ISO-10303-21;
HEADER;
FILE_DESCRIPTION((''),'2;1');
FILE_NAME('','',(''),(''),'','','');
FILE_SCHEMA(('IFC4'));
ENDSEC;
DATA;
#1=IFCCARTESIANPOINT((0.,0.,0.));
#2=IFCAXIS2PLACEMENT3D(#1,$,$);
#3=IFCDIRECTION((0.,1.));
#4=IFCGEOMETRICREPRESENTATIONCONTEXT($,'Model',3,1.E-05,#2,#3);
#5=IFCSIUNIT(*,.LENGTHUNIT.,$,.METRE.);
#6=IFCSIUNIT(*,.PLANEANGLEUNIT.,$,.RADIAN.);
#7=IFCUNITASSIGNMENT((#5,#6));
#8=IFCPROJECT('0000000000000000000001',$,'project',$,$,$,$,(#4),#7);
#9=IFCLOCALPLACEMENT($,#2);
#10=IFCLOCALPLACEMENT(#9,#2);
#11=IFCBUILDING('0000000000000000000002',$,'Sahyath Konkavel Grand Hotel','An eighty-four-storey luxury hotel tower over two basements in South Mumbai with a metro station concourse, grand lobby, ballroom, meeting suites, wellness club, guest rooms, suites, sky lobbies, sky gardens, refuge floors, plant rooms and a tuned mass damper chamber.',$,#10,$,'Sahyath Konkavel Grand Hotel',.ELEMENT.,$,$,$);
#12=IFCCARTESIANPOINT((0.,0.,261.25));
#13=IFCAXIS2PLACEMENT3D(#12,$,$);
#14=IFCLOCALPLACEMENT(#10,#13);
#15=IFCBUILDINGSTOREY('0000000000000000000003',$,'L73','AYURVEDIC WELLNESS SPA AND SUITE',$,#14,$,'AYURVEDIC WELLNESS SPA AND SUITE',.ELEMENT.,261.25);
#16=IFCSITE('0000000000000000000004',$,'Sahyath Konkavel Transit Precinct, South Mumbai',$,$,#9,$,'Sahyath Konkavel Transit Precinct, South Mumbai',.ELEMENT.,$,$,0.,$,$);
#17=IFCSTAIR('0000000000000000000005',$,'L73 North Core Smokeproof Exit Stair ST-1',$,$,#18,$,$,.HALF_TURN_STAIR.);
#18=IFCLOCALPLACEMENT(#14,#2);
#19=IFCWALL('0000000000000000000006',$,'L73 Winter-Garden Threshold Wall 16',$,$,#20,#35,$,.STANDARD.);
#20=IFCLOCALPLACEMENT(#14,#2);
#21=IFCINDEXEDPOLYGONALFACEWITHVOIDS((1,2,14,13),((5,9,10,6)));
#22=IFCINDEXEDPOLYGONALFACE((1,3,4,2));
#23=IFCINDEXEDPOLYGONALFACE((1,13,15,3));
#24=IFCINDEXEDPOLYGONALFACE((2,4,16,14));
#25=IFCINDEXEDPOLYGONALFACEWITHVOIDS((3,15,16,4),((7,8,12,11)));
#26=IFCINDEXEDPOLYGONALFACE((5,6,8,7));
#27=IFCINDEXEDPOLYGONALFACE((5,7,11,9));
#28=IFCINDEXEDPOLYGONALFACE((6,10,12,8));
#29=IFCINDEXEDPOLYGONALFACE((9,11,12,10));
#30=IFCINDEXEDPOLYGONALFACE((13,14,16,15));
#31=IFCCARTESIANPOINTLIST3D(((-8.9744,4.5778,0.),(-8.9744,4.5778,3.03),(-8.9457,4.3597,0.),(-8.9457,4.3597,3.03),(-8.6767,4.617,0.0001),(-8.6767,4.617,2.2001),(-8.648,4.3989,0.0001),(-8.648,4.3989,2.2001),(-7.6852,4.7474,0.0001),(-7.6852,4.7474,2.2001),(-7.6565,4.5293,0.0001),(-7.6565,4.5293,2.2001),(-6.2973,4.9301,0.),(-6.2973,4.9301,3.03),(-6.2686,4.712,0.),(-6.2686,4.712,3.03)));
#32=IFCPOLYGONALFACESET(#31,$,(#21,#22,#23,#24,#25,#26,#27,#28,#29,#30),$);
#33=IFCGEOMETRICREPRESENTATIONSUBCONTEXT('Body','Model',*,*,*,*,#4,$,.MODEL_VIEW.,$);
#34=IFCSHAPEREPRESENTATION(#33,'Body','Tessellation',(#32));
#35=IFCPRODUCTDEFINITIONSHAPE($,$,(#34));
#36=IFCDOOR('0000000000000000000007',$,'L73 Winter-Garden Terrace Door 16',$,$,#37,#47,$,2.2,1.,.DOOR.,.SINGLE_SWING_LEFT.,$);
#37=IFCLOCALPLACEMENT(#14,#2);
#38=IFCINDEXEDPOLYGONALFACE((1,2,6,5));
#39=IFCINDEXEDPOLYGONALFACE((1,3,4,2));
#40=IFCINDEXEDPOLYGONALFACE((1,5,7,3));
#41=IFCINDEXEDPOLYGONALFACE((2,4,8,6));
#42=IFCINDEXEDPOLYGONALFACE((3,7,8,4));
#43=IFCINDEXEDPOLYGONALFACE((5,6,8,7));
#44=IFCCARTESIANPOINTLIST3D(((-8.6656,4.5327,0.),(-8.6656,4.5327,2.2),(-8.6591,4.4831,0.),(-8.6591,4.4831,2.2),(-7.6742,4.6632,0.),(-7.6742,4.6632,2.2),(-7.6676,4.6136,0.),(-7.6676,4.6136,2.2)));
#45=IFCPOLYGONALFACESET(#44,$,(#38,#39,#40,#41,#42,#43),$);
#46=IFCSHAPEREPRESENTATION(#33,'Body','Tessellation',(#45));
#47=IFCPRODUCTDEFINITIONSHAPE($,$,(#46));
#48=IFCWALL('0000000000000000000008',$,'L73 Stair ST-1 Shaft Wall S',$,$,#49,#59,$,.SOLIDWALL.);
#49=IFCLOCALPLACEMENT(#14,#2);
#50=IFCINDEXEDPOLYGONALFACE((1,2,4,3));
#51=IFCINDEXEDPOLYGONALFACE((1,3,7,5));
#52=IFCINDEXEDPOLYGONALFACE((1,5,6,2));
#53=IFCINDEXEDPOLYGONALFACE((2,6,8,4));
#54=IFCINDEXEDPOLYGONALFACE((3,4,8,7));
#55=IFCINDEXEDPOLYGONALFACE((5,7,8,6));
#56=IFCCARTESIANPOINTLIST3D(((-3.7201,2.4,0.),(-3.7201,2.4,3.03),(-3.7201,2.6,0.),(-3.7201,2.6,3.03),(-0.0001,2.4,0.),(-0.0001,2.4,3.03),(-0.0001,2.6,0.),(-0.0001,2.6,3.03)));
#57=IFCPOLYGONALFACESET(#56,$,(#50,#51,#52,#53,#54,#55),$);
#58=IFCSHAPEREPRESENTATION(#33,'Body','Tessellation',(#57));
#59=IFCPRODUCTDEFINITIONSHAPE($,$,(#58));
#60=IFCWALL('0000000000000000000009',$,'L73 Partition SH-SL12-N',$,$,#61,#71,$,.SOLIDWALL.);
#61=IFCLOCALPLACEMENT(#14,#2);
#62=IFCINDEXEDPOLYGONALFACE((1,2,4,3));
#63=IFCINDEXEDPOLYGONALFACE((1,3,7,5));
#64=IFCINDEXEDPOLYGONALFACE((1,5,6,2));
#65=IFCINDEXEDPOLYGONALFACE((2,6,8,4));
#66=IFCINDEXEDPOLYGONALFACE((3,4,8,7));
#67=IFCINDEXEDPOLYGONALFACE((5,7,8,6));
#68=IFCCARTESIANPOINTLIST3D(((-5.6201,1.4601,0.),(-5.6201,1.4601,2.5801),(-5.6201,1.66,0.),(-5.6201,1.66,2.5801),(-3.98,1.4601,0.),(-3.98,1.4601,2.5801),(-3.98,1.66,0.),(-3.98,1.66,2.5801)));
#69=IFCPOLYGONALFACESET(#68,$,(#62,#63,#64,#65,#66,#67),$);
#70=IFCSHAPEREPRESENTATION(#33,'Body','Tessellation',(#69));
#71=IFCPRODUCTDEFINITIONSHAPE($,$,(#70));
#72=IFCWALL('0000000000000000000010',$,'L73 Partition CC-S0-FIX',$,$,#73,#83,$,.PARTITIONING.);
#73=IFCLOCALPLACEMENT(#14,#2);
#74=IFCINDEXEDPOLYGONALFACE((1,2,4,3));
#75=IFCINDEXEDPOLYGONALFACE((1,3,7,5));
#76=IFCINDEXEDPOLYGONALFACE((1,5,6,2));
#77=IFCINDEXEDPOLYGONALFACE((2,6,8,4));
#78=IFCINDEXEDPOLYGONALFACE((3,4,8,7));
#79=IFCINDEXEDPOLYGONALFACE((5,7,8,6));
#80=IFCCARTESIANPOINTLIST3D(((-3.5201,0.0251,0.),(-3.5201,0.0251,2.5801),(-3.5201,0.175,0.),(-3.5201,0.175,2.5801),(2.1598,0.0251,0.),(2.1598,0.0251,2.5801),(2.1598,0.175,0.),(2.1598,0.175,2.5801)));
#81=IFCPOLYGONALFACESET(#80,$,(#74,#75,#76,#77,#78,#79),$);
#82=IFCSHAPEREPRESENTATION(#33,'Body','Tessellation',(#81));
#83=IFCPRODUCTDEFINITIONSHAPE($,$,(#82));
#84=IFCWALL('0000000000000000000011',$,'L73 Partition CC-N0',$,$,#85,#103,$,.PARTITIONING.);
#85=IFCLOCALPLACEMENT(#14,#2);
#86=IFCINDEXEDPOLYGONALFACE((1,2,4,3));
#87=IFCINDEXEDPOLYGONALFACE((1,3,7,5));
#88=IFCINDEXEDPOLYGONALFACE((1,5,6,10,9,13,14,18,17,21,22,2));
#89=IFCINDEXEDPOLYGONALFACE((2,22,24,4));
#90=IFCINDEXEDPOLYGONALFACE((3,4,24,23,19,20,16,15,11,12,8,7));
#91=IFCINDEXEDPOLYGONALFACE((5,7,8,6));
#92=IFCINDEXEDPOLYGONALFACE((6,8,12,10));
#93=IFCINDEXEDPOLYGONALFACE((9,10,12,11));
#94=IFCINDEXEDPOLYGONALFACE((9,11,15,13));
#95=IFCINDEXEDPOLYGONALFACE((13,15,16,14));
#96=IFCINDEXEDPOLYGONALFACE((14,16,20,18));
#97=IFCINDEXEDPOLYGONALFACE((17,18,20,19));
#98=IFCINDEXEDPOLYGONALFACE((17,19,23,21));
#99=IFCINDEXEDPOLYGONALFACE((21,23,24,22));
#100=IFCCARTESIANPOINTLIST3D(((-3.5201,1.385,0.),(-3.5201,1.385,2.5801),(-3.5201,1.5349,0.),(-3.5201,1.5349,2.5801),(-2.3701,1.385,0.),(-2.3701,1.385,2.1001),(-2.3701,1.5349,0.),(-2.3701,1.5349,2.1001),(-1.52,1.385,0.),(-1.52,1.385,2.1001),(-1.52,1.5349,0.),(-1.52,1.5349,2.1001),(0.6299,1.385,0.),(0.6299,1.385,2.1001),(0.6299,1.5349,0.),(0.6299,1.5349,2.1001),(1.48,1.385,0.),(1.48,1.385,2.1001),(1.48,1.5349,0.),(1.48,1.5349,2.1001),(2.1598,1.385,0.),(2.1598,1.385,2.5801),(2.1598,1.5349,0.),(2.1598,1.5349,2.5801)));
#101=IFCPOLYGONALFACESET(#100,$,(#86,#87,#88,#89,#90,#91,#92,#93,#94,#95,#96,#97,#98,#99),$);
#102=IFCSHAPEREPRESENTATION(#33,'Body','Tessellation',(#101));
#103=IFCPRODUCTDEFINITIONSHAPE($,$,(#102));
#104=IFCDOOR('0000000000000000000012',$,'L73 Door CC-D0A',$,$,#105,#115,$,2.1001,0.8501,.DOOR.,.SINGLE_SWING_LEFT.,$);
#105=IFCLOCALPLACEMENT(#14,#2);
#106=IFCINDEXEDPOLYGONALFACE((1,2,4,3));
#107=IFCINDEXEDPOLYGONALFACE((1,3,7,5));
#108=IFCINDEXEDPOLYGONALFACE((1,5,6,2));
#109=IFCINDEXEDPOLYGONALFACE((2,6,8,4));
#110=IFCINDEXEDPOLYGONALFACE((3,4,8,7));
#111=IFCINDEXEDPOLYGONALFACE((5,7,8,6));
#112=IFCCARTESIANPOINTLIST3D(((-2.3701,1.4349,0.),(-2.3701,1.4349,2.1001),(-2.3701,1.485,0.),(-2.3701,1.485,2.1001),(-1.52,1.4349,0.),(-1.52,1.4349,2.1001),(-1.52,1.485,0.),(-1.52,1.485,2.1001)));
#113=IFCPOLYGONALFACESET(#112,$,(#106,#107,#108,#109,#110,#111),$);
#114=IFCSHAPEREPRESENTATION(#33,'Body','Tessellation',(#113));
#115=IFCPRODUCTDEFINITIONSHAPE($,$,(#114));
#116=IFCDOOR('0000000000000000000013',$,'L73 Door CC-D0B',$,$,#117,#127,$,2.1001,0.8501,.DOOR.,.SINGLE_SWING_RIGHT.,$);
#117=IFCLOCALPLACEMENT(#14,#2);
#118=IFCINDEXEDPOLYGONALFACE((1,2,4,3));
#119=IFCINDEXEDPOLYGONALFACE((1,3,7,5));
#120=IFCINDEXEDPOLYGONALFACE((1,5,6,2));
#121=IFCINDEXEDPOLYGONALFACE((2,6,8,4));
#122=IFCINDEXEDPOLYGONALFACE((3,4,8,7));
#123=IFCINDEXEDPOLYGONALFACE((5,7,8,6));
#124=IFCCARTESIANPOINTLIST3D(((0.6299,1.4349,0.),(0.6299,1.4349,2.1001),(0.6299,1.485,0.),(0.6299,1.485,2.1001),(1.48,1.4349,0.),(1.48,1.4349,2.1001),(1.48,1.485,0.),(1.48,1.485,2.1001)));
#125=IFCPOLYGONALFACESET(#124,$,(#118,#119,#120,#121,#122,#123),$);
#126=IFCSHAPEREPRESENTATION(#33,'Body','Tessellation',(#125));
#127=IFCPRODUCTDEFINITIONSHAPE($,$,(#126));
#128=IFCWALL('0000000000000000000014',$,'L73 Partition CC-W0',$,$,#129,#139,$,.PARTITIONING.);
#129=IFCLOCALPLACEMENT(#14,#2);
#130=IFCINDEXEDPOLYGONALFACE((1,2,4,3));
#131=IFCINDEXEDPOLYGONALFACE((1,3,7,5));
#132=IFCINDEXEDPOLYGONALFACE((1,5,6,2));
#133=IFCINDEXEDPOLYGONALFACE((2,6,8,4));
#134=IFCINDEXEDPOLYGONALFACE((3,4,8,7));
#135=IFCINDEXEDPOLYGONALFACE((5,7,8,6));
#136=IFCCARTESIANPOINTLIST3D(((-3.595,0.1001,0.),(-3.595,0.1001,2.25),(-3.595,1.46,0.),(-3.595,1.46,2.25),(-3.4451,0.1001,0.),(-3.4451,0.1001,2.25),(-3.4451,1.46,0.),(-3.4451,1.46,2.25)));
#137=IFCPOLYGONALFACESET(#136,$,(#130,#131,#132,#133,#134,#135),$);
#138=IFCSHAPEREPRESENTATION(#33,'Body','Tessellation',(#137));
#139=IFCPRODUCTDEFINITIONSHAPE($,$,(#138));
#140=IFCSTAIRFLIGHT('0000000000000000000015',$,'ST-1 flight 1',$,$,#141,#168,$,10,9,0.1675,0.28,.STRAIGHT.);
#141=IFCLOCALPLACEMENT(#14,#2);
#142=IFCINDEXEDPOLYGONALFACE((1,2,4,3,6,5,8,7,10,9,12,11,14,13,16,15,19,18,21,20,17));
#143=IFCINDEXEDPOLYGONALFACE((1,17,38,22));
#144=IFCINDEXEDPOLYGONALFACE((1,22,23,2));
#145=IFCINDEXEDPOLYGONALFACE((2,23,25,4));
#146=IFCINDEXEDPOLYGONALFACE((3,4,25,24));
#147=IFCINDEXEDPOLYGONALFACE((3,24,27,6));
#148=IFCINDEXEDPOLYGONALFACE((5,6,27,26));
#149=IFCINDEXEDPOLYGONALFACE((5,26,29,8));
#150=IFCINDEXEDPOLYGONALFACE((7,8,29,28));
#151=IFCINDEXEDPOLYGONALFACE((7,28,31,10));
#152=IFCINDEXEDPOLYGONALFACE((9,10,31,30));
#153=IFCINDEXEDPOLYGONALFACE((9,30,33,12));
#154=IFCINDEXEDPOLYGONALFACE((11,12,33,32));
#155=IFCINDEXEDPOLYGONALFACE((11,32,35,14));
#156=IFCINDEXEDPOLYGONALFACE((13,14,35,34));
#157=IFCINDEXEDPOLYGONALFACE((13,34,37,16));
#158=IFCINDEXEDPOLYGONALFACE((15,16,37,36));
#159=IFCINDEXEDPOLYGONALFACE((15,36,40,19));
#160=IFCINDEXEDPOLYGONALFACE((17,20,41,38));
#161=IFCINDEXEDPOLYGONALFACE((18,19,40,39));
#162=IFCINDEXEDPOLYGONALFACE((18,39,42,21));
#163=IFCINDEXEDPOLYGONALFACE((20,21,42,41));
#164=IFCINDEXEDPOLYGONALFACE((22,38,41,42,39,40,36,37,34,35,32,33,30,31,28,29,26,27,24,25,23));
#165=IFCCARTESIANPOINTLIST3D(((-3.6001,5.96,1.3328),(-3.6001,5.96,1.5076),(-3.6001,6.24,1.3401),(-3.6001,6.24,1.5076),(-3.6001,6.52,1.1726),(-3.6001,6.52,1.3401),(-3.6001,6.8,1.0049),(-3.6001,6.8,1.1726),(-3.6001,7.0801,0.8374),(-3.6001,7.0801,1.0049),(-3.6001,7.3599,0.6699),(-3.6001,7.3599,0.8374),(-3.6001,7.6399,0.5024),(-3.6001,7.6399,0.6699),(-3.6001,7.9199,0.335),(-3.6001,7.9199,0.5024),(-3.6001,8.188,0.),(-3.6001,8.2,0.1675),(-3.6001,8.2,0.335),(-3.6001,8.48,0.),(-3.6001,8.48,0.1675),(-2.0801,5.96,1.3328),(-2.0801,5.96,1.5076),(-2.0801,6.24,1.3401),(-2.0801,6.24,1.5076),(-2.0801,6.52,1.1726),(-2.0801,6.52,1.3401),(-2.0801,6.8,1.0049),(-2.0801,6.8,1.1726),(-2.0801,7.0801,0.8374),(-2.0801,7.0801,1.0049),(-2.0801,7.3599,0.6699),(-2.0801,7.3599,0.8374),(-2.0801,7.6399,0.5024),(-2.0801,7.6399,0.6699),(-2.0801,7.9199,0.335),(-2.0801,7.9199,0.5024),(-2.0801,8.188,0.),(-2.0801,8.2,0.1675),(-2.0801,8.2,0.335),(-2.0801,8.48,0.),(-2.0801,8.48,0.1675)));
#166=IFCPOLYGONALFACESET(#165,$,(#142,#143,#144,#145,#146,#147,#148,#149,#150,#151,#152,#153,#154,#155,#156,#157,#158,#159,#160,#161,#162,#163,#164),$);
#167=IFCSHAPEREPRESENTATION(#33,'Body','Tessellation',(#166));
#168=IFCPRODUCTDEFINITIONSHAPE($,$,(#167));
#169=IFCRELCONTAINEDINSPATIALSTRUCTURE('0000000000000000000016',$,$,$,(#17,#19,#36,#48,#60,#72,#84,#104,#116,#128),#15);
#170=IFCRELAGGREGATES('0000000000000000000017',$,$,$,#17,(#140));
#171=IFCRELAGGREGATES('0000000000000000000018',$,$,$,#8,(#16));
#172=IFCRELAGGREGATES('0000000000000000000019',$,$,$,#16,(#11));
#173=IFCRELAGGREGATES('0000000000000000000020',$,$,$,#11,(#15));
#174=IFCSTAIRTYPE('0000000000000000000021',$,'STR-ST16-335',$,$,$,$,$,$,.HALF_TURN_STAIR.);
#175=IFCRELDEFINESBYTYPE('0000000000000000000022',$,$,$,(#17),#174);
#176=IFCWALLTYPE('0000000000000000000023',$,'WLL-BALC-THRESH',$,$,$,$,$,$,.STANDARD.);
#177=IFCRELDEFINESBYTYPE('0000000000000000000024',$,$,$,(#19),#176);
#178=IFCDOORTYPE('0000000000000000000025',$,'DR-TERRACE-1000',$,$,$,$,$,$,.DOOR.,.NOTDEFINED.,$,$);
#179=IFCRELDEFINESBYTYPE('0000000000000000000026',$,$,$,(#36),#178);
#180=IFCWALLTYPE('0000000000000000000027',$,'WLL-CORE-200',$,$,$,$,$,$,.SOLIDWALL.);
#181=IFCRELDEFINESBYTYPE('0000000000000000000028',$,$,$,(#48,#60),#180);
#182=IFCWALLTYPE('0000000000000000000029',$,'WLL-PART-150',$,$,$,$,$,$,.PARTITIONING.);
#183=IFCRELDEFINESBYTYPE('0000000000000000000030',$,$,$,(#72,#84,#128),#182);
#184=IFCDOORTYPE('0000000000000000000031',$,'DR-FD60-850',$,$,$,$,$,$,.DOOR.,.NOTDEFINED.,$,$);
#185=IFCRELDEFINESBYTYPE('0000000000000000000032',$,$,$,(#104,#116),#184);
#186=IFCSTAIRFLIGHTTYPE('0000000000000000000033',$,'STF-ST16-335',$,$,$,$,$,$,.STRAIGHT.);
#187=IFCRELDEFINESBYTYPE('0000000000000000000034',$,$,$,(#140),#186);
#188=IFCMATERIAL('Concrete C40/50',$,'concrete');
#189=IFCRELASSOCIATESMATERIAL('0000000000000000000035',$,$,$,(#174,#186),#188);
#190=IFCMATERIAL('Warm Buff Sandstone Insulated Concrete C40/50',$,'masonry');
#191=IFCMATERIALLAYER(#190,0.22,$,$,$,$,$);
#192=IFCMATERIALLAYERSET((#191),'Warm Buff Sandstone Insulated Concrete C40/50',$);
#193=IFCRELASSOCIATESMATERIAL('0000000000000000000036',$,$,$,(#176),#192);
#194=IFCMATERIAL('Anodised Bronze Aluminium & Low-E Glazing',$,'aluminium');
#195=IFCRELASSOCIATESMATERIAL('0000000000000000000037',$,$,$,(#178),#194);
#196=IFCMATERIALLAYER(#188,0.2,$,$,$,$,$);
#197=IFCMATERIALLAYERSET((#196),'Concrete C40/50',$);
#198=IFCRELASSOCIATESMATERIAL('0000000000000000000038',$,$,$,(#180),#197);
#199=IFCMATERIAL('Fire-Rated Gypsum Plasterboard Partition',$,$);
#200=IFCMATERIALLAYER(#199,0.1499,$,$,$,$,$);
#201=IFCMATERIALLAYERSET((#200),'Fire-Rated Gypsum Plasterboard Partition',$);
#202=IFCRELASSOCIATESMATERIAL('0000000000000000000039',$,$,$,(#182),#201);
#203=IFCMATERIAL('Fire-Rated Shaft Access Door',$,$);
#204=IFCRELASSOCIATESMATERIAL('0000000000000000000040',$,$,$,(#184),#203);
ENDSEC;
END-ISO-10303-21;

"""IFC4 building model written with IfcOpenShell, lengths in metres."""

from ifc_helpers import new_model, si_unit, direction, frame, frame_2d, origin, origin_2d, place, context, subcontext, project, spatial, polyline, rectangle, outline, extrude, source, transform, mapped, material, layer, layer_set, type_object, element, fill, aggregate, save


model = new_model("IFC4")

# Units and contexts
model_context = context("Model", 3, precision=1e-05, world=origin(), true_north=direction((0.0, 1.0)))
body_context = subcontext(model_context, "Body", "Model", "MODEL_VIEW")
ifc_project = project(units=[si_unit("LENGTHUNIT", "METRE"), si_unit("PLANEANGLEUNIT", "RADIAN")], contexts=[model_context])

# Site, building, storey
site_placement = place(None, origin())
site = spatial("IfcSite", under=ifc_project, at=site_placement, Name="Sahyath Konkavel Transit Precinct, South Mumbai", LongName="Sahyath Konkavel Transit Precinct, South Mumbai", CompositionType="ELEMENT", RefElevation=0.0)
building_placement = place(site_placement, origin())
building = spatial("IfcBuilding", under=site, at=building_placement, Name="Sahyath Konkavel Grand Hotel", Description="An eighty-four-storey luxury hotel tower over two basements in South Mumbai with a metro station concourse, grand lobby, ballroom, meeting suites, wellness club, guest rooms, suites, sky lobbies, sky gardens, refuge floors, plant rooms and a tuned mass damper chamber.", LongName="Sahyath Konkavel Grand Hotel", CompositionType="ELEMENT")
storey_placement = place(building_placement, frame((0.0, 0.0, 261.25)))
storey = spatial("IfcBuildingStorey", under=building, at=storey_placement, Name="L73", Description="AYURVEDIC WELLNESS SPA AND SUITE", LongName="AYURVEDIC WELLNESS SPA AND SUITE", CompositionType="ELEMENT", Elevation=261.25)

# Shared definitions
ifc_material_1 = material(Name="Concrete C40/50", Category="concrete")

# Shared definitions
ifc_material_2 = material(Name="Anodised Bronze Aluminium & Low-E Glazing", Category="aluminium")

# Stair
stair_type = type_object("IfcStairType", Name="STR-ST16-335", PredefinedType="HALF_TURN_STAIR", material=ifc_material_1)
stair_1_placement = place(storey_placement, origin())
stair_1 = element("IfcStair", 1, at=stair_1_placement, inside=storey, type_object=stair_type, Name="L73 North Core Smokeproof Exit Stair ST-1", PredefinedType="HALF_TURN_STAIR")

# Wall, opening, door
ifc_material_3 = material(Name="Warm Buff Sandstone Insulated Concrete C40/50", Category="masonry")
ifc_layer_1 = layer(ifc_material_3, 0.22)
ifc_layer_set_1 = layer_set([ifc_layer_1], Name="Warm Buff Sandstone Insulated Concrete C40/50")
wall_type_1 = type_object("IfcWallType", Name="WLL-BALC-THRESH", PredefinedType="STANDARD", material=ifc_layer_set_1)
wall_1_placement = place(storey_placement, frame((-6.283, 4.821, 0.0), z_axis=(0.0, 0.0, 1.0), x_axis=(-0.991452, -0.130476, 0.0)))
wall_1 = element("IfcWall", 2, at=wall_1_placement, inside=storey, type_object=wall_type_1, Name="L73 Winter-Garden Threshold Wall 16", PredefinedType="STANDARD", context=body_context, shape_type="SweptSolid", body=[
    extrude(rectangle(XDim=2.7002, YDim=0.22, at=frame_2d((1.3501, 0.0))), origin(), (0.0, 0.0, 1.0), 3.03),
])
opening_1_placement = place(wall_1_placement, frame((1.3999, 0.0, 0.0)))
opening_1 = element("IfcOpeningElement", 3, at=opening_1_placement, cuts=wall_1, PredefinedType="OPENING", context=body_context, shape_type="SweptSolid", body=[
    extrude(rectangle(XDim=1.0, YDim=2.2, at=frame_2d((0.5, 1.1001))), frame((0.0, 0.1201, 0.0), z_axis=(0.0, -1.0, 0.0), x_axis=(1.0, 0.0, 0.0)), (0.0, 0.0, 1.0), 0.24),
])
door_type_1 = type_object("IfcDoorType", Name="DR-TERRACE-1000", OperationType="NOTDEFINED", PredefinedType="DOOR", material=ifc_material_2)
shared_shape_1 = source(origin(), body_context, "Body", "SweptSolid", [
    extrude(rectangle(XDim=1.0, YDim=0.05, at=origin_2d()), origin(), (0.0, 0.0, 1.0), 2.2),
])
door_1_placement = place(opening_1_placement, frame((0.5, 0.0, 0.0)))
door_1 = element("IfcDoor", 4, at=door_1_placement, inside=storey, type_object=door_type_1, Name="L73 Winter-Garden Terrace Door 16", OperationType="SINGLE_SWING_LEFT", OverallHeight=2.2, OverallWidth=1.0, PredefinedType="DOOR", context=body_context, shape_type="MappedRepresentation", body=[
    mapped(shared_shape_1, transform((0.0, 0.0, 0.0), scale=1.0)),
])
fill(opening_1, door_1)

# Walls
ifc_layer_2 = layer(ifc_material_1, 0.2)
ifc_layer_set_2 = layer_set([ifc_layer_2], Name="Concrete C40/50")
wall_type_2 = type_object("IfcWallType", Name="WLL-CORE-200", PredefinedType="SOLIDWALL", material=ifc_layer_set_2)
wall_2_placement = place(storey_placement, frame((-3.72, 2.5, 0.0), z_axis=(0.0, 0.0, 1.0), x_axis=(1.0, 0.0, 0.0)))
element("IfcWall", 5, at=wall_2_placement, inside=storey, type_object=wall_type_2, Name="L73 Stair ST-1 Shaft Wall S", PredefinedType="SOLIDWALL", context=body_context, shape_type="SweptSolid", body=[
    extrude(rectangle(XDim=3.72, YDim=0.2, at=frame_2d((1.8599, 0.0))), origin(), (0.0, 0.0, 1.0), 3.03),
])
wall_3_placement = place(storey_placement, frame((-5.6201, 1.5601, 0.0), z_axis=(0.0, 0.0, 1.0), x_axis=(1.0, 0.0, 0.0)))
element("IfcWall", 6, at=wall_3_placement, inside=storey, type_object=wall_type_2, Name="L73 Partition SH-SL12-N", PredefinedType="SOLIDWALL", context=body_context, shape_type="SweptSolid", body=[
    extrude(rectangle(XDim=1.6401, YDim=0.2, at=frame_2d((0.8201, 0.0))), origin(), (0.0, 0.0, 1.0), 2.5801),
])
ifc_material_4 = material(Name="Fire-Rated Gypsum Plasterboard Partition")
ifc_layer_3 = layer(ifc_material_4, 0.1499)
ifc_layer_set_3 = layer_set([ifc_layer_3], Name="Fire-Rated Gypsum Plasterboard Partition")
wall_type_3 = type_object("IfcWallType", Name="WLL-PART-150", PredefinedType="PARTITIONING", material=ifc_layer_set_3)
wall_4_placement = place(storey_placement, frame((-3.52, 0.1001, 0.0), z_axis=(0.0, 0.0, 1.0), x_axis=(1.0, 0.0, 0.0)))
element("IfcWall", 7, at=wall_4_placement, inside=storey, type_object=wall_type_3, Name="L73 Partition CC-S0-FIX", PredefinedType="PARTITIONING", context=body_context, shape_type="SweptSolid", body=[
    extrude(rectangle(XDim=5.6799, YDim=0.1499, at=frame_2d((2.8398, 0.0))), origin(), (0.0, 0.0, 1.0), 2.5801),
])

# Wall, openings, doors
wall_5_placement = place(storey_placement, frame((-3.52, 1.46, 0.0), z_axis=(0.0, 0.0, 1.0), x_axis=(1.0, 0.0, 0.0)))
wall_5 = element("IfcWall", 8, at=wall_5_placement, inside=storey, type_object=wall_type_3, Name="L73 Partition CC-N0", PredefinedType="PARTITIONING", context=body_context, shape_type="SweptSolid", body=[
    extrude(rectangle(XDim=5.6799, YDim=0.1499, at=frame_2d((2.8398, 0.0))), origin(), (0.0, 0.0, 1.0), 2.5801),
])
opening_2_placement = place(wall_5_placement, frame((1.1499, 0.0, 0.0)))
opening_2 = element("IfcOpeningElement", 9, at=opening_2_placement, cuts=wall_5, PredefinedType="OPENING", context=body_context, shape_type="SweptSolid", body=[
    extrude(rectangle(XDim=0.8501, YDim=2.1001, at=frame_2d((0.425, 1.05))), frame((0.0, 0.085, 0.0), z_axis=(0.0, -1.0, 0.0), x_axis=(1.0, 0.0, 0.0)), (0.0, 0.0, 1.0), 0.1699),
])
opening_3_placement = place(wall_5_placement, frame((4.1499, 0.0, 0.0)))
opening_3 = element("IfcOpeningElement", 10, at=opening_3_placement, cuts=wall_5, PredefinedType="OPENING", context=body_context, shape_type="SweptSolid", body=[
    extrude(rectangle(XDim=0.8501, YDim=2.1001, at=frame_2d((0.425, 1.05))), frame((0.0, 0.085, 0.0), z_axis=(0.0, -1.0, 0.0), x_axis=(1.0, 0.0, 0.0)), (0.0, 0.0, 1.0), 0.1699),
])
ifc_material_5 = material(Name="Fire-Rated Shaft Access Door")
door_type_2 = type_object("IfcDoorType", Name="DR-FD60-850", OperationType="NOTDEFINED", PredefinedType="DOOR", material=ifc_material_5)
shared_shape_2 = source(origin(), body_context, "Body", "SweptSolid", [
    extrude(rectangle(XDim=0.8501, YDim=0.05, at=origin_2d()), origin(), (0.0, 0.0, 1.0), 2.1001),
])
door_2_placement = place(opening_2_placement, frame((0.425, 0.0, 0.0)))
door_2 = element("IfcDoor", 11, at=door_2_placement, inside=storey, type_object=door_type_2, Name="L73 Door CC-D0A", OperationType="SINGLE_SWING_LEFT", OverallHeight=2.1001, OverallWidth=0.8501, PredefinedType="DOOR", context=body_context, shape_type="MappedRepresentation", body=[
    mapped(shared_shape_2, transform((0.0, 0.0, 0.0), scale=1.0)),
])
fill(opening_2, door_2)
door_3_placement = place(opening_3_placement, frame((0.425, 0.0, 0.0)))
door_3 = element("IfcDoor", 12, at=door_3_placement, inside=storey, type_object=door_type_2, Name="L73 Door CC-D0B", OperationType="SINGLE_SWING_RIGHT", OverallHeight=2.1001, OverallWidth=0.8501, PredefinedType="DOOR", context=body_context, shape_type="MappedRepresentation", body=[
    mapped(shared_shape_2, transform((0.0, 0.0, 0.0), scale=1.0)),
])
fill(opening_3, door_3)

# Wall
wall_6_placement = place(storey_placement, frame((-3.52, 0.1001, 0.0), z_axis=(0.0, 0.0, 1.0), x_axis=(0.0, 1.0, 0.0)))
element("IfcWall", 13, at=wall_6_placement, inside=storey, type_object=wall_type_3, Name="L73 Partition CC-W0", PredefinedType="PARTITIONING", context=body_context, shape_type="SweptSolid", body=[
    extrude(rectangle(XDim=1.3599, YDim=0.1499, at=frame_2d((0.6799, 0.0))), origin(), (0.0, 0.0, 1.0), 2.25),
])

# Stair flight
stair_flight_type = type_object("IfcStairFlightType", Name="STF-ST16-335", PredefinedType="STRAIGHT", material=ifc_material_1)
stair_flight_1_placement = place(storey_placement, frame((-2.8401, 8.48, 0.0), z_axis=(0.0, 0.0, 1.0), x_axis=(0.0, -1.0, 0.0)))
stair_flight_1 = element("IfcStairFlight", 14, at=stair_flight_1_placement, type_object=stair_flight_type, Name="ST-1 flight 1", NumberOfRisers=10, NumberOfTreads=9, PredefinedType="STRAIGHT", RiserHeight=0.1675, TreadLength=0.28, context=body_context, shape_type="SweptSolid", body=[
    extrude(outline(polyline([(0.0, 0.0), (0.0, 0.1675), (0.28, 0.1675), (0.28, 0.335), (0.5601, 0.335), (0.5601, 0.5024), (0.8401, 0.5024), (0.8401, 0.6699), (1.1201, 0.6699), (1.1201, 0.8374), (1.3999, 0.8374), (1.3999, 1.0049), (1.6799, 1.0049), (1.6799, 1.1726), (1.96, 1.1726), (1.96, 1.3401), (2.24, 1.3401), (2.24, 1.5076), (2.52, 1.5076), (2.52, 1.675), (2.52, 1.3328), (0.292, 0.0), (0.0, 0.0)])), frame((0.0, 0.76, 0.0), z_axis=(0.0, -1.0, 0.0), x_axis=(1.0, 0.0, 0.0)), (0.0, 0.0, 1.0), 1.52),
])
aggregate(stair_1, [stair_flight_1])

save(model, "model.ifc")
